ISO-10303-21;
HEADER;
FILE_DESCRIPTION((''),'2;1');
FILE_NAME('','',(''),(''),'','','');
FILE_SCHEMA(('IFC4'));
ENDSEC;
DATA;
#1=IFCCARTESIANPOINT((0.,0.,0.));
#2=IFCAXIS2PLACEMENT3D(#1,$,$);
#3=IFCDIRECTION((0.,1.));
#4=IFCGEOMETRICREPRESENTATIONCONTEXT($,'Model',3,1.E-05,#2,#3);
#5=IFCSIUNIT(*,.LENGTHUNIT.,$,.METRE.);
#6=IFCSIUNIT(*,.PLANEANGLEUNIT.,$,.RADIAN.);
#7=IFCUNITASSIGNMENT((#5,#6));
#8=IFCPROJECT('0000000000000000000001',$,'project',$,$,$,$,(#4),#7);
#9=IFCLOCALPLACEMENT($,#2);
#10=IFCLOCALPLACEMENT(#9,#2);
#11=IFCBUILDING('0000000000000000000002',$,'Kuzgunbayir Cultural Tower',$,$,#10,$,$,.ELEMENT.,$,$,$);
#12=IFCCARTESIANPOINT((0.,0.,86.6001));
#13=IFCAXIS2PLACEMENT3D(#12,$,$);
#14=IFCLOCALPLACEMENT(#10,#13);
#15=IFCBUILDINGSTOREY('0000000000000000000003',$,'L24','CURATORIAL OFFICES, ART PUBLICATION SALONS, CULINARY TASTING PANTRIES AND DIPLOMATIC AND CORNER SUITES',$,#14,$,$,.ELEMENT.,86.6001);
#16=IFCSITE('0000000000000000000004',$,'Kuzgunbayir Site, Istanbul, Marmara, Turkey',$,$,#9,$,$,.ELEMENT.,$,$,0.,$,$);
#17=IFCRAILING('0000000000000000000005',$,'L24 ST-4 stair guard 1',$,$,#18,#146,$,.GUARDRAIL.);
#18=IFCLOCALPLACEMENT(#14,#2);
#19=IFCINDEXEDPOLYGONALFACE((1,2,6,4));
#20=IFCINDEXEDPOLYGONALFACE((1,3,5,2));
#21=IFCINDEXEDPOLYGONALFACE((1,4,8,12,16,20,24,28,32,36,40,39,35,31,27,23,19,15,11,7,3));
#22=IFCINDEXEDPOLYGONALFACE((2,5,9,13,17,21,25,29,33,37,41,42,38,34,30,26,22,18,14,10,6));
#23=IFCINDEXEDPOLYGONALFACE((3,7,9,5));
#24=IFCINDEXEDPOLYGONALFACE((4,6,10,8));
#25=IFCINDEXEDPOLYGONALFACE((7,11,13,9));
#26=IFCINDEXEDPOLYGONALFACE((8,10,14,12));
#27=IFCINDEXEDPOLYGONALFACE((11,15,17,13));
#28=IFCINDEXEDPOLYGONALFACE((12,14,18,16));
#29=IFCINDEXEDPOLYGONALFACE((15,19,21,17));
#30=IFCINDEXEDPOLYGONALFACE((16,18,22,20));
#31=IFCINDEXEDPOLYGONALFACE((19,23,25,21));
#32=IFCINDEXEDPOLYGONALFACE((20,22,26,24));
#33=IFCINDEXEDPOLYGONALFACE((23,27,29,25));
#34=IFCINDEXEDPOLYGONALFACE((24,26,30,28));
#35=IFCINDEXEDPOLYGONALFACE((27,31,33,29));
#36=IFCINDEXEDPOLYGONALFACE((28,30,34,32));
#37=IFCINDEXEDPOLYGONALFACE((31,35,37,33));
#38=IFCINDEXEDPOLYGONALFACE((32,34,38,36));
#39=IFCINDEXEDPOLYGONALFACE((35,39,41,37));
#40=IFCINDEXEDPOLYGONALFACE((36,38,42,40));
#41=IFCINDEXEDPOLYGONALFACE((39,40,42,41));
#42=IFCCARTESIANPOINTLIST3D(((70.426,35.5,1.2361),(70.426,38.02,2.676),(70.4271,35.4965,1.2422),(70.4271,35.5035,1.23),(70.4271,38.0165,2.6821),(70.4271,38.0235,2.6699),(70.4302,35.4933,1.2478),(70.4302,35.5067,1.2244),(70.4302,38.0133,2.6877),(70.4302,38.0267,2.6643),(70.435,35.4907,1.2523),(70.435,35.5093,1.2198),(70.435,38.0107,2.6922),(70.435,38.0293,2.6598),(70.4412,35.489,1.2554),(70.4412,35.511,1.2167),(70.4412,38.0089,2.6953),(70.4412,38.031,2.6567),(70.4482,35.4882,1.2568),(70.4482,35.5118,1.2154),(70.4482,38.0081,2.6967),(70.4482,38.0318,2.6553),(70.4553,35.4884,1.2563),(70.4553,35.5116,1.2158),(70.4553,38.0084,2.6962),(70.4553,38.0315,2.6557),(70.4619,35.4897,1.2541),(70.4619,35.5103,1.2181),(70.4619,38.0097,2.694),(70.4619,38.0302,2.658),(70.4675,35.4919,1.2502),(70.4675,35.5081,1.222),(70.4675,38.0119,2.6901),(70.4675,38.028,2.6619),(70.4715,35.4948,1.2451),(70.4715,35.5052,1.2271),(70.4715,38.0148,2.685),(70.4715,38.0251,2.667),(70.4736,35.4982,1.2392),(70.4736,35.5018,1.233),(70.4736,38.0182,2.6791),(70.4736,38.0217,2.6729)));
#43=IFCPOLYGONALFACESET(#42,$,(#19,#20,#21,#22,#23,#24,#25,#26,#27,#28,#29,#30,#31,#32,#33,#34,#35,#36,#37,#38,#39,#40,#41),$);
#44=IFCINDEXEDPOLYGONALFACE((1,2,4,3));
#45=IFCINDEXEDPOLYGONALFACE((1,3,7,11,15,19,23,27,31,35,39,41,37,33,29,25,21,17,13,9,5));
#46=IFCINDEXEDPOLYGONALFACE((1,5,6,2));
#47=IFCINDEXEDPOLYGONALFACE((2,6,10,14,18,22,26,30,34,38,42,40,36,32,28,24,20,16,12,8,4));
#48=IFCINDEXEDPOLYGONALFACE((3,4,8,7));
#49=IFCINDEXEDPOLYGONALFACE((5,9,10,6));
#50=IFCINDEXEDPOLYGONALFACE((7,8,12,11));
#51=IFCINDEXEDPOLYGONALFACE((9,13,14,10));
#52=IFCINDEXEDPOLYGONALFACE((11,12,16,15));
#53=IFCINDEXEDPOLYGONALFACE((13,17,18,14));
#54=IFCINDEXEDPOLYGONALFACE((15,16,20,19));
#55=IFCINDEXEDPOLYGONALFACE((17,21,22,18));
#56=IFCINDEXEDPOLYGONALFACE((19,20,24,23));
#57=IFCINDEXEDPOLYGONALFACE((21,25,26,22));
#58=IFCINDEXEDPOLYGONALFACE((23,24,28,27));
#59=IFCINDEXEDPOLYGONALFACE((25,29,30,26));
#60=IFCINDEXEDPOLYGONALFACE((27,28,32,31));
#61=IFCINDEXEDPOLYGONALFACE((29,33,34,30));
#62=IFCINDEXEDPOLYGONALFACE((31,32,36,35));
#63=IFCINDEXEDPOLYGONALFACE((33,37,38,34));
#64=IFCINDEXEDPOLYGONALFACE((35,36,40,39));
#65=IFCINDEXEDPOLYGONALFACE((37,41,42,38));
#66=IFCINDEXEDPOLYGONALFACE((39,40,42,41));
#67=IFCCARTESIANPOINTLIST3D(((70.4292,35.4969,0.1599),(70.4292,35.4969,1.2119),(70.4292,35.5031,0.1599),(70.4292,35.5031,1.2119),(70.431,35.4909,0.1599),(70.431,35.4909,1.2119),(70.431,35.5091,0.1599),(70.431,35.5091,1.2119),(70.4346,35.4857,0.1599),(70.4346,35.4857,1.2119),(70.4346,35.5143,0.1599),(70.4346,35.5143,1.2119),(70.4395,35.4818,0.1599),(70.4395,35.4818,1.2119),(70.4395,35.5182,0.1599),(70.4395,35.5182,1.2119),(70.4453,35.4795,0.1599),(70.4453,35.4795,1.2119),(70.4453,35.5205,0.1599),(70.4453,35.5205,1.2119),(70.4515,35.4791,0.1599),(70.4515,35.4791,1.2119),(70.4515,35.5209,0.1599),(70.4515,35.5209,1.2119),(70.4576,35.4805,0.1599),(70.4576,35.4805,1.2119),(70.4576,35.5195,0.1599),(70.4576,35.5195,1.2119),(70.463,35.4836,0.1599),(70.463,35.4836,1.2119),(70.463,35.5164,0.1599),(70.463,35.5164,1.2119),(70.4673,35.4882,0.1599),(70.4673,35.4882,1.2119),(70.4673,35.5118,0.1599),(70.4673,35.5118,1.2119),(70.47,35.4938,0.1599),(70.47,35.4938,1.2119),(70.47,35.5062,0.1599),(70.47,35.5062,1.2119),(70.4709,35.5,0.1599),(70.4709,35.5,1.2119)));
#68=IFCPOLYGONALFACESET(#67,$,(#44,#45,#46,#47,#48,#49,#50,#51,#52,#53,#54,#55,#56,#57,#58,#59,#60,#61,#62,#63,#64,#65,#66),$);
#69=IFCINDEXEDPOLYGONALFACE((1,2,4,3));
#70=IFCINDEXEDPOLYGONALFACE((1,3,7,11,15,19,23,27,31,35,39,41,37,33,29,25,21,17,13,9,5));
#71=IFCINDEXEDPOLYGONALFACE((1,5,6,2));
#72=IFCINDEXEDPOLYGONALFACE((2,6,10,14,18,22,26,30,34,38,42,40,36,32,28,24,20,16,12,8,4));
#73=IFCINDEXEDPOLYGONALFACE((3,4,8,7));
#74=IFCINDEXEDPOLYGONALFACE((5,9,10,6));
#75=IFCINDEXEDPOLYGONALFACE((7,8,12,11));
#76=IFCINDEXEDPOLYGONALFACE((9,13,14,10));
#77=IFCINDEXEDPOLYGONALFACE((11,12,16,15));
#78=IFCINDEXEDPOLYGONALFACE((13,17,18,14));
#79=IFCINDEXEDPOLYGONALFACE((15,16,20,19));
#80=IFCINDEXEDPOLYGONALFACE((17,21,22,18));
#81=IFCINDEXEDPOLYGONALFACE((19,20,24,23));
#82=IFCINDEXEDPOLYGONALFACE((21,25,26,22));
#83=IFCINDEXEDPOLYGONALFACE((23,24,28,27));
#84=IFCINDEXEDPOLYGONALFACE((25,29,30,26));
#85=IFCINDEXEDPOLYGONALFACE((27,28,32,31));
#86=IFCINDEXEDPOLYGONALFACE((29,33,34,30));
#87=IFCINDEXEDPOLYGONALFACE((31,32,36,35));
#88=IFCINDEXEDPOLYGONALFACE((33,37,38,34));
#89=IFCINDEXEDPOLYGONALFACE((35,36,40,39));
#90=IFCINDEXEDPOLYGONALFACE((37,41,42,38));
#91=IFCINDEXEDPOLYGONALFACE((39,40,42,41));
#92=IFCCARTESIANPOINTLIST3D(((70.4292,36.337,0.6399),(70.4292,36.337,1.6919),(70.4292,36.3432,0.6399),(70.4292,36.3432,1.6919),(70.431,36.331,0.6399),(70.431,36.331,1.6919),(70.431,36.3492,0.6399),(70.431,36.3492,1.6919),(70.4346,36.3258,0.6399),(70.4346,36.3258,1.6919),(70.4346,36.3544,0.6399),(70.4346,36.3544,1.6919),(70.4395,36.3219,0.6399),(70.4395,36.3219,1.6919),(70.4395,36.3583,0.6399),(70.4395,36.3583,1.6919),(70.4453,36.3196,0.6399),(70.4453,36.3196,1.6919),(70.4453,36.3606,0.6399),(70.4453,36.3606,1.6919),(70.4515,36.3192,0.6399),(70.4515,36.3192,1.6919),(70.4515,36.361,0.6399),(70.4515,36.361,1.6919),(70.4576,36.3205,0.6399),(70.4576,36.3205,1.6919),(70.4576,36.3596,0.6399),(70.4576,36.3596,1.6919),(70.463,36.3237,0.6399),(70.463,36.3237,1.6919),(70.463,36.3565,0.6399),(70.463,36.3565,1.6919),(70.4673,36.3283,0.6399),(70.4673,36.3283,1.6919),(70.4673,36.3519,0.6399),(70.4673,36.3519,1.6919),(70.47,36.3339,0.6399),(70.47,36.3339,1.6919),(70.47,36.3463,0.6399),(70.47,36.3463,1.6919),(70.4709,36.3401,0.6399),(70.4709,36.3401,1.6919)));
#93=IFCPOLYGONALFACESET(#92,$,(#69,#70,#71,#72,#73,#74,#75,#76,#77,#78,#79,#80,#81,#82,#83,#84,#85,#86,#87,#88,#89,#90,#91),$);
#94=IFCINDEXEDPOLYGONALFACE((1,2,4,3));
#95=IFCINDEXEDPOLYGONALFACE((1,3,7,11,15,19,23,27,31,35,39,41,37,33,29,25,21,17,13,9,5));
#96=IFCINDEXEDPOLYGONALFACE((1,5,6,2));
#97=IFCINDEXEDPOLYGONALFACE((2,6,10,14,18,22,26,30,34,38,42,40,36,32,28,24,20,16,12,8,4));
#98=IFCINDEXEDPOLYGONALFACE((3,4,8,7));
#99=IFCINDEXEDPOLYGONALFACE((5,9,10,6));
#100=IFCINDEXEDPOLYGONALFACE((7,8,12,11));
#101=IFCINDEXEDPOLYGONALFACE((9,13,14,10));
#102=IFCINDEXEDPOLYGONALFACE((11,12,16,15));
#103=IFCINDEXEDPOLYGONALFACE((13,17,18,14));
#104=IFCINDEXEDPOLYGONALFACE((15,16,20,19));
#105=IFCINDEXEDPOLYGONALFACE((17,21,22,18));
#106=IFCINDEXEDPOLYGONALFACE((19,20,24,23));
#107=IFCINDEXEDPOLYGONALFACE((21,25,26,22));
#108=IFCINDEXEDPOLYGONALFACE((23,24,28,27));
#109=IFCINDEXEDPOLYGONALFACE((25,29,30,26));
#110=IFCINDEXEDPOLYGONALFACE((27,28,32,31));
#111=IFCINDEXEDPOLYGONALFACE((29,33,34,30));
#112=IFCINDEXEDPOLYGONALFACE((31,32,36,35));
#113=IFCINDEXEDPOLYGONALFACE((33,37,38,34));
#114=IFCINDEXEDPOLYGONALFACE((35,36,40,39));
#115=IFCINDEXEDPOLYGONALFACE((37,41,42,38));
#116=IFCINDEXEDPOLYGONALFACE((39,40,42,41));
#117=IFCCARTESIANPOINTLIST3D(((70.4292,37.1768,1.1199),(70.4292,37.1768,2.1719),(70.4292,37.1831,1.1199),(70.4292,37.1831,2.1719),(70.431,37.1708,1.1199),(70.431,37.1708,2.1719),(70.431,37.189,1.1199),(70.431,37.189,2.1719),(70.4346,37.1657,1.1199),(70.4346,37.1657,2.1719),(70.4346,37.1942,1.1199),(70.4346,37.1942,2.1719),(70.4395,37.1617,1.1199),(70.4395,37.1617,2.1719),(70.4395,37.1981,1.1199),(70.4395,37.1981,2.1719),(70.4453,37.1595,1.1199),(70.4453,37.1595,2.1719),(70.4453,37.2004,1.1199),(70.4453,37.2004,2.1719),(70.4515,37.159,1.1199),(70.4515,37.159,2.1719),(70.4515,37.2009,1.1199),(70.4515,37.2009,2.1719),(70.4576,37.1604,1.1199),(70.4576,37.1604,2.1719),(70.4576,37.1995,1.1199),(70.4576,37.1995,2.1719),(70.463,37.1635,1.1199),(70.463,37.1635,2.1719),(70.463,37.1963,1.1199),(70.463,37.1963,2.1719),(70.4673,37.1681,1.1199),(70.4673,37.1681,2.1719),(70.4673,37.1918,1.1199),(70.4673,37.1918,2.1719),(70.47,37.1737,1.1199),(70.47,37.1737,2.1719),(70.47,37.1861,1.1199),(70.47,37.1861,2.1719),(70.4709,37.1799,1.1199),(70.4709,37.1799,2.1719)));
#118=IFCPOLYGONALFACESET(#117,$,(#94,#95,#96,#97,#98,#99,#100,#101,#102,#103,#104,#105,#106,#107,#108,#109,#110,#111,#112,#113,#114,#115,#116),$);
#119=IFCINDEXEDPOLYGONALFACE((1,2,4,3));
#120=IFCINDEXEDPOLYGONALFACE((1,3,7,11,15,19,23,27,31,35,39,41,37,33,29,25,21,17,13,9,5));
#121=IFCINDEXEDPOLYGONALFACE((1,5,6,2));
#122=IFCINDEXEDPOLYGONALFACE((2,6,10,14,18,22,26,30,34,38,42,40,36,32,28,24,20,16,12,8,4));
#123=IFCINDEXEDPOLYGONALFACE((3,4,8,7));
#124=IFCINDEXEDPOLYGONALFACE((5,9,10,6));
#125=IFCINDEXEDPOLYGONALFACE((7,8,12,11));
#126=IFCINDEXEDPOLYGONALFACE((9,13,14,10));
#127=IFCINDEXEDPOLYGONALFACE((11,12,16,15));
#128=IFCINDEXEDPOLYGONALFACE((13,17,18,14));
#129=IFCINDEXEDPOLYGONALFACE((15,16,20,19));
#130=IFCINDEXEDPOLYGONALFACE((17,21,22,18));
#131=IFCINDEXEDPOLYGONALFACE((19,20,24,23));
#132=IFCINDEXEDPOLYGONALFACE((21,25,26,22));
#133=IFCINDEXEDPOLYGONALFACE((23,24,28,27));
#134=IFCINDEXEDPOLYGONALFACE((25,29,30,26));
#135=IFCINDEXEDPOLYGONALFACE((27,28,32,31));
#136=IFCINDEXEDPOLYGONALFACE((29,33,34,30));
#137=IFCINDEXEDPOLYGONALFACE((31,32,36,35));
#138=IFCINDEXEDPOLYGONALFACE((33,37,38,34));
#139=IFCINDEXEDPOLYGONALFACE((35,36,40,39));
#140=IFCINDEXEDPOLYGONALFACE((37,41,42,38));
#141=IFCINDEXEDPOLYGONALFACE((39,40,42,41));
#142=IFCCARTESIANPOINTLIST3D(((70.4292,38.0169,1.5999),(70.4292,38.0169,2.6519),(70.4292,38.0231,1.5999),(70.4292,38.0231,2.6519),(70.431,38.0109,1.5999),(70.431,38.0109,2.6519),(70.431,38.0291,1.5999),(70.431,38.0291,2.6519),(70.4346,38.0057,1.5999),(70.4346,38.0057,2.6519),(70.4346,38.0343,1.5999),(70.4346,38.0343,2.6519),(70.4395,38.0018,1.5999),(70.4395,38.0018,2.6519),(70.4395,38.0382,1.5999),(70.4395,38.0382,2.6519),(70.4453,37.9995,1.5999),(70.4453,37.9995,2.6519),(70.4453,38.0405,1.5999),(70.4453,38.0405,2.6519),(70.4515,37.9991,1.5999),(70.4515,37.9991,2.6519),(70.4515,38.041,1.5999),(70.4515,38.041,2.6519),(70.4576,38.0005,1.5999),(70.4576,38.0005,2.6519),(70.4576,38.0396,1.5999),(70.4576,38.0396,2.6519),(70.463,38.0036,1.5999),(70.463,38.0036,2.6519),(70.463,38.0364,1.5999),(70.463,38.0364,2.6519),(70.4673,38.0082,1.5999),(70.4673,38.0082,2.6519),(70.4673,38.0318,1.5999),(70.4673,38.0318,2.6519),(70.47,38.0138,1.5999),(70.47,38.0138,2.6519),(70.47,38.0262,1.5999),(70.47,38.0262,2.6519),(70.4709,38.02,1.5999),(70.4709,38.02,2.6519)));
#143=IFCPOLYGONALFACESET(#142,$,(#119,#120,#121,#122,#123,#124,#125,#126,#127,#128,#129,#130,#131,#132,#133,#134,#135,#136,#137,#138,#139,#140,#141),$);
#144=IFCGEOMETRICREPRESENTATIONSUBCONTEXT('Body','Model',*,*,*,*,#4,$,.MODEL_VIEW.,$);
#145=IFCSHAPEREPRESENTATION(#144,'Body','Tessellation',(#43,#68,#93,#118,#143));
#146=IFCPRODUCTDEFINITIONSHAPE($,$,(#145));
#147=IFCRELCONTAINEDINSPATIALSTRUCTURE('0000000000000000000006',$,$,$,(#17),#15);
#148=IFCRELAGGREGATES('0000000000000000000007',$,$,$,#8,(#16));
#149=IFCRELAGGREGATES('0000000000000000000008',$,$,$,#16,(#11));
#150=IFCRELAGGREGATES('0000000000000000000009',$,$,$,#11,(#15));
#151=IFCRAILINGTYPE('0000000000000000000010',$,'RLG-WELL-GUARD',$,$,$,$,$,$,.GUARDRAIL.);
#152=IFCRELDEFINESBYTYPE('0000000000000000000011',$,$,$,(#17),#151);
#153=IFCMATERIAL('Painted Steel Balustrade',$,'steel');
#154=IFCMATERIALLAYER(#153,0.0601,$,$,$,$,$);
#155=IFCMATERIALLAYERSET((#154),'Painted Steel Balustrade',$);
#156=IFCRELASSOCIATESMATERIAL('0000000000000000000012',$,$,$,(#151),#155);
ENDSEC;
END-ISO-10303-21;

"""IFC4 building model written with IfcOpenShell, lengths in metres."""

from ifc_helpers import new_model, si_unit, direction, frame, origin, origin_2d, place, context, subcontext, project, spatial, circle, extrude, material, layer, layer_set, type_object, element, save


model = new_model("IFC4")

# Units and contexts
model_context = context("Model", 3, precision=1e-05, world=origin(), true_north=direction((0.0, 1.0)))
body_context = subcontext(model_context, "Body", "Model", "MODEL_VIEW")
ifc_project = project(units=[si_unit("LENGTHUNIT", "METRE"), si_unit("PLANEANGLEUNIT", "RADIAN")], contexts=[model_context])

# Site, building, storey
site_placement = place(None, origin())
site = spatial("IfcSite", under=ifc_project, at=site_placement, Name="Kuzgunbayir Site, Istanbul, Marmara, Turkey", CompositionType="ELEMENT", RefElevation=0.0)
building_placement = place(site_placement, origin())
building = spatial("IfcBuilding", under=site, at=building_placement, Name="Kuzgunbayir Cultural Tower", CompositionType="ELEMENT")
storey_placement = place(building_placement, frame((0.0, 0.0, 86.6001)))
storey = spatial("IfcBuildingStorey", under=building, at=storey_placement, Name="L24", Description="CURATORIAL OFFICES, ART PUBLICATION SALONS, CULINARY TASTING PANTRIES AND DIPLOMATIC AND CORNER SUITES", CompositionType="ELEMENT", Elevation=86.6001)

# Railing
ifc_material_1 = material(Name="Painted Steel Balustrade", Category="steel")
ifc_layer_1 = layer(ifc_material_1, 0.0601)
ifc_layer_set_1 = layer_set([ifc_layer_1], Name="Painted Steel Balustrade")
railing_type_1 = type_object("IfcRailingType", Name="RLG-WELL-GUARD", PredefinedType="GUARDRAIL", material=ifc_layer_set_1)
railing_1_placement = place(storey_placement, frame((70.45, 35.5, 0.1599)))
element("IfcRailing", 1, at=railing_1_placement, inside=storey, type_object=railing_type_1, Name="L24 ST-4 stair guard 1", PredefinedType="GUARDRAIL", context=body_context, shape_type="SweptSolid", body=[
    extrude(circle(Radius=0.0239, at=origin_2d()), frame((0.0, 0.0, 1.0762), z_axis=(0.0, 0.868253, 0.496121), x_axis=(-1.0, 0.0, 0.0)), (0.0, 0.0, 1.0), 2.9023),
    extrude(circle(Radius=0.021, at=origin_2d()), origin(), (0.0, 0.0, 1.0), 1.052),
    extrude(circle(Radius=0.021, at=origin_2d()), frame((0.0, 0.8401, 0.48)), (0.0, 0.0, 1.0), 1.052),
    extrude(circle(Radius=0.021, at=origin_2d()), frame((0.0, 1.6799, 0.96)), (0.0, 0.0, 1.0), 1.052),
    extrude(circle(Radius=0.021, at=origin_2d()), frame((0.0, 2.52, 1.4399)), (0.0, 0.0, 1.0), 1.052),
])

save(model, "model.ifc")
